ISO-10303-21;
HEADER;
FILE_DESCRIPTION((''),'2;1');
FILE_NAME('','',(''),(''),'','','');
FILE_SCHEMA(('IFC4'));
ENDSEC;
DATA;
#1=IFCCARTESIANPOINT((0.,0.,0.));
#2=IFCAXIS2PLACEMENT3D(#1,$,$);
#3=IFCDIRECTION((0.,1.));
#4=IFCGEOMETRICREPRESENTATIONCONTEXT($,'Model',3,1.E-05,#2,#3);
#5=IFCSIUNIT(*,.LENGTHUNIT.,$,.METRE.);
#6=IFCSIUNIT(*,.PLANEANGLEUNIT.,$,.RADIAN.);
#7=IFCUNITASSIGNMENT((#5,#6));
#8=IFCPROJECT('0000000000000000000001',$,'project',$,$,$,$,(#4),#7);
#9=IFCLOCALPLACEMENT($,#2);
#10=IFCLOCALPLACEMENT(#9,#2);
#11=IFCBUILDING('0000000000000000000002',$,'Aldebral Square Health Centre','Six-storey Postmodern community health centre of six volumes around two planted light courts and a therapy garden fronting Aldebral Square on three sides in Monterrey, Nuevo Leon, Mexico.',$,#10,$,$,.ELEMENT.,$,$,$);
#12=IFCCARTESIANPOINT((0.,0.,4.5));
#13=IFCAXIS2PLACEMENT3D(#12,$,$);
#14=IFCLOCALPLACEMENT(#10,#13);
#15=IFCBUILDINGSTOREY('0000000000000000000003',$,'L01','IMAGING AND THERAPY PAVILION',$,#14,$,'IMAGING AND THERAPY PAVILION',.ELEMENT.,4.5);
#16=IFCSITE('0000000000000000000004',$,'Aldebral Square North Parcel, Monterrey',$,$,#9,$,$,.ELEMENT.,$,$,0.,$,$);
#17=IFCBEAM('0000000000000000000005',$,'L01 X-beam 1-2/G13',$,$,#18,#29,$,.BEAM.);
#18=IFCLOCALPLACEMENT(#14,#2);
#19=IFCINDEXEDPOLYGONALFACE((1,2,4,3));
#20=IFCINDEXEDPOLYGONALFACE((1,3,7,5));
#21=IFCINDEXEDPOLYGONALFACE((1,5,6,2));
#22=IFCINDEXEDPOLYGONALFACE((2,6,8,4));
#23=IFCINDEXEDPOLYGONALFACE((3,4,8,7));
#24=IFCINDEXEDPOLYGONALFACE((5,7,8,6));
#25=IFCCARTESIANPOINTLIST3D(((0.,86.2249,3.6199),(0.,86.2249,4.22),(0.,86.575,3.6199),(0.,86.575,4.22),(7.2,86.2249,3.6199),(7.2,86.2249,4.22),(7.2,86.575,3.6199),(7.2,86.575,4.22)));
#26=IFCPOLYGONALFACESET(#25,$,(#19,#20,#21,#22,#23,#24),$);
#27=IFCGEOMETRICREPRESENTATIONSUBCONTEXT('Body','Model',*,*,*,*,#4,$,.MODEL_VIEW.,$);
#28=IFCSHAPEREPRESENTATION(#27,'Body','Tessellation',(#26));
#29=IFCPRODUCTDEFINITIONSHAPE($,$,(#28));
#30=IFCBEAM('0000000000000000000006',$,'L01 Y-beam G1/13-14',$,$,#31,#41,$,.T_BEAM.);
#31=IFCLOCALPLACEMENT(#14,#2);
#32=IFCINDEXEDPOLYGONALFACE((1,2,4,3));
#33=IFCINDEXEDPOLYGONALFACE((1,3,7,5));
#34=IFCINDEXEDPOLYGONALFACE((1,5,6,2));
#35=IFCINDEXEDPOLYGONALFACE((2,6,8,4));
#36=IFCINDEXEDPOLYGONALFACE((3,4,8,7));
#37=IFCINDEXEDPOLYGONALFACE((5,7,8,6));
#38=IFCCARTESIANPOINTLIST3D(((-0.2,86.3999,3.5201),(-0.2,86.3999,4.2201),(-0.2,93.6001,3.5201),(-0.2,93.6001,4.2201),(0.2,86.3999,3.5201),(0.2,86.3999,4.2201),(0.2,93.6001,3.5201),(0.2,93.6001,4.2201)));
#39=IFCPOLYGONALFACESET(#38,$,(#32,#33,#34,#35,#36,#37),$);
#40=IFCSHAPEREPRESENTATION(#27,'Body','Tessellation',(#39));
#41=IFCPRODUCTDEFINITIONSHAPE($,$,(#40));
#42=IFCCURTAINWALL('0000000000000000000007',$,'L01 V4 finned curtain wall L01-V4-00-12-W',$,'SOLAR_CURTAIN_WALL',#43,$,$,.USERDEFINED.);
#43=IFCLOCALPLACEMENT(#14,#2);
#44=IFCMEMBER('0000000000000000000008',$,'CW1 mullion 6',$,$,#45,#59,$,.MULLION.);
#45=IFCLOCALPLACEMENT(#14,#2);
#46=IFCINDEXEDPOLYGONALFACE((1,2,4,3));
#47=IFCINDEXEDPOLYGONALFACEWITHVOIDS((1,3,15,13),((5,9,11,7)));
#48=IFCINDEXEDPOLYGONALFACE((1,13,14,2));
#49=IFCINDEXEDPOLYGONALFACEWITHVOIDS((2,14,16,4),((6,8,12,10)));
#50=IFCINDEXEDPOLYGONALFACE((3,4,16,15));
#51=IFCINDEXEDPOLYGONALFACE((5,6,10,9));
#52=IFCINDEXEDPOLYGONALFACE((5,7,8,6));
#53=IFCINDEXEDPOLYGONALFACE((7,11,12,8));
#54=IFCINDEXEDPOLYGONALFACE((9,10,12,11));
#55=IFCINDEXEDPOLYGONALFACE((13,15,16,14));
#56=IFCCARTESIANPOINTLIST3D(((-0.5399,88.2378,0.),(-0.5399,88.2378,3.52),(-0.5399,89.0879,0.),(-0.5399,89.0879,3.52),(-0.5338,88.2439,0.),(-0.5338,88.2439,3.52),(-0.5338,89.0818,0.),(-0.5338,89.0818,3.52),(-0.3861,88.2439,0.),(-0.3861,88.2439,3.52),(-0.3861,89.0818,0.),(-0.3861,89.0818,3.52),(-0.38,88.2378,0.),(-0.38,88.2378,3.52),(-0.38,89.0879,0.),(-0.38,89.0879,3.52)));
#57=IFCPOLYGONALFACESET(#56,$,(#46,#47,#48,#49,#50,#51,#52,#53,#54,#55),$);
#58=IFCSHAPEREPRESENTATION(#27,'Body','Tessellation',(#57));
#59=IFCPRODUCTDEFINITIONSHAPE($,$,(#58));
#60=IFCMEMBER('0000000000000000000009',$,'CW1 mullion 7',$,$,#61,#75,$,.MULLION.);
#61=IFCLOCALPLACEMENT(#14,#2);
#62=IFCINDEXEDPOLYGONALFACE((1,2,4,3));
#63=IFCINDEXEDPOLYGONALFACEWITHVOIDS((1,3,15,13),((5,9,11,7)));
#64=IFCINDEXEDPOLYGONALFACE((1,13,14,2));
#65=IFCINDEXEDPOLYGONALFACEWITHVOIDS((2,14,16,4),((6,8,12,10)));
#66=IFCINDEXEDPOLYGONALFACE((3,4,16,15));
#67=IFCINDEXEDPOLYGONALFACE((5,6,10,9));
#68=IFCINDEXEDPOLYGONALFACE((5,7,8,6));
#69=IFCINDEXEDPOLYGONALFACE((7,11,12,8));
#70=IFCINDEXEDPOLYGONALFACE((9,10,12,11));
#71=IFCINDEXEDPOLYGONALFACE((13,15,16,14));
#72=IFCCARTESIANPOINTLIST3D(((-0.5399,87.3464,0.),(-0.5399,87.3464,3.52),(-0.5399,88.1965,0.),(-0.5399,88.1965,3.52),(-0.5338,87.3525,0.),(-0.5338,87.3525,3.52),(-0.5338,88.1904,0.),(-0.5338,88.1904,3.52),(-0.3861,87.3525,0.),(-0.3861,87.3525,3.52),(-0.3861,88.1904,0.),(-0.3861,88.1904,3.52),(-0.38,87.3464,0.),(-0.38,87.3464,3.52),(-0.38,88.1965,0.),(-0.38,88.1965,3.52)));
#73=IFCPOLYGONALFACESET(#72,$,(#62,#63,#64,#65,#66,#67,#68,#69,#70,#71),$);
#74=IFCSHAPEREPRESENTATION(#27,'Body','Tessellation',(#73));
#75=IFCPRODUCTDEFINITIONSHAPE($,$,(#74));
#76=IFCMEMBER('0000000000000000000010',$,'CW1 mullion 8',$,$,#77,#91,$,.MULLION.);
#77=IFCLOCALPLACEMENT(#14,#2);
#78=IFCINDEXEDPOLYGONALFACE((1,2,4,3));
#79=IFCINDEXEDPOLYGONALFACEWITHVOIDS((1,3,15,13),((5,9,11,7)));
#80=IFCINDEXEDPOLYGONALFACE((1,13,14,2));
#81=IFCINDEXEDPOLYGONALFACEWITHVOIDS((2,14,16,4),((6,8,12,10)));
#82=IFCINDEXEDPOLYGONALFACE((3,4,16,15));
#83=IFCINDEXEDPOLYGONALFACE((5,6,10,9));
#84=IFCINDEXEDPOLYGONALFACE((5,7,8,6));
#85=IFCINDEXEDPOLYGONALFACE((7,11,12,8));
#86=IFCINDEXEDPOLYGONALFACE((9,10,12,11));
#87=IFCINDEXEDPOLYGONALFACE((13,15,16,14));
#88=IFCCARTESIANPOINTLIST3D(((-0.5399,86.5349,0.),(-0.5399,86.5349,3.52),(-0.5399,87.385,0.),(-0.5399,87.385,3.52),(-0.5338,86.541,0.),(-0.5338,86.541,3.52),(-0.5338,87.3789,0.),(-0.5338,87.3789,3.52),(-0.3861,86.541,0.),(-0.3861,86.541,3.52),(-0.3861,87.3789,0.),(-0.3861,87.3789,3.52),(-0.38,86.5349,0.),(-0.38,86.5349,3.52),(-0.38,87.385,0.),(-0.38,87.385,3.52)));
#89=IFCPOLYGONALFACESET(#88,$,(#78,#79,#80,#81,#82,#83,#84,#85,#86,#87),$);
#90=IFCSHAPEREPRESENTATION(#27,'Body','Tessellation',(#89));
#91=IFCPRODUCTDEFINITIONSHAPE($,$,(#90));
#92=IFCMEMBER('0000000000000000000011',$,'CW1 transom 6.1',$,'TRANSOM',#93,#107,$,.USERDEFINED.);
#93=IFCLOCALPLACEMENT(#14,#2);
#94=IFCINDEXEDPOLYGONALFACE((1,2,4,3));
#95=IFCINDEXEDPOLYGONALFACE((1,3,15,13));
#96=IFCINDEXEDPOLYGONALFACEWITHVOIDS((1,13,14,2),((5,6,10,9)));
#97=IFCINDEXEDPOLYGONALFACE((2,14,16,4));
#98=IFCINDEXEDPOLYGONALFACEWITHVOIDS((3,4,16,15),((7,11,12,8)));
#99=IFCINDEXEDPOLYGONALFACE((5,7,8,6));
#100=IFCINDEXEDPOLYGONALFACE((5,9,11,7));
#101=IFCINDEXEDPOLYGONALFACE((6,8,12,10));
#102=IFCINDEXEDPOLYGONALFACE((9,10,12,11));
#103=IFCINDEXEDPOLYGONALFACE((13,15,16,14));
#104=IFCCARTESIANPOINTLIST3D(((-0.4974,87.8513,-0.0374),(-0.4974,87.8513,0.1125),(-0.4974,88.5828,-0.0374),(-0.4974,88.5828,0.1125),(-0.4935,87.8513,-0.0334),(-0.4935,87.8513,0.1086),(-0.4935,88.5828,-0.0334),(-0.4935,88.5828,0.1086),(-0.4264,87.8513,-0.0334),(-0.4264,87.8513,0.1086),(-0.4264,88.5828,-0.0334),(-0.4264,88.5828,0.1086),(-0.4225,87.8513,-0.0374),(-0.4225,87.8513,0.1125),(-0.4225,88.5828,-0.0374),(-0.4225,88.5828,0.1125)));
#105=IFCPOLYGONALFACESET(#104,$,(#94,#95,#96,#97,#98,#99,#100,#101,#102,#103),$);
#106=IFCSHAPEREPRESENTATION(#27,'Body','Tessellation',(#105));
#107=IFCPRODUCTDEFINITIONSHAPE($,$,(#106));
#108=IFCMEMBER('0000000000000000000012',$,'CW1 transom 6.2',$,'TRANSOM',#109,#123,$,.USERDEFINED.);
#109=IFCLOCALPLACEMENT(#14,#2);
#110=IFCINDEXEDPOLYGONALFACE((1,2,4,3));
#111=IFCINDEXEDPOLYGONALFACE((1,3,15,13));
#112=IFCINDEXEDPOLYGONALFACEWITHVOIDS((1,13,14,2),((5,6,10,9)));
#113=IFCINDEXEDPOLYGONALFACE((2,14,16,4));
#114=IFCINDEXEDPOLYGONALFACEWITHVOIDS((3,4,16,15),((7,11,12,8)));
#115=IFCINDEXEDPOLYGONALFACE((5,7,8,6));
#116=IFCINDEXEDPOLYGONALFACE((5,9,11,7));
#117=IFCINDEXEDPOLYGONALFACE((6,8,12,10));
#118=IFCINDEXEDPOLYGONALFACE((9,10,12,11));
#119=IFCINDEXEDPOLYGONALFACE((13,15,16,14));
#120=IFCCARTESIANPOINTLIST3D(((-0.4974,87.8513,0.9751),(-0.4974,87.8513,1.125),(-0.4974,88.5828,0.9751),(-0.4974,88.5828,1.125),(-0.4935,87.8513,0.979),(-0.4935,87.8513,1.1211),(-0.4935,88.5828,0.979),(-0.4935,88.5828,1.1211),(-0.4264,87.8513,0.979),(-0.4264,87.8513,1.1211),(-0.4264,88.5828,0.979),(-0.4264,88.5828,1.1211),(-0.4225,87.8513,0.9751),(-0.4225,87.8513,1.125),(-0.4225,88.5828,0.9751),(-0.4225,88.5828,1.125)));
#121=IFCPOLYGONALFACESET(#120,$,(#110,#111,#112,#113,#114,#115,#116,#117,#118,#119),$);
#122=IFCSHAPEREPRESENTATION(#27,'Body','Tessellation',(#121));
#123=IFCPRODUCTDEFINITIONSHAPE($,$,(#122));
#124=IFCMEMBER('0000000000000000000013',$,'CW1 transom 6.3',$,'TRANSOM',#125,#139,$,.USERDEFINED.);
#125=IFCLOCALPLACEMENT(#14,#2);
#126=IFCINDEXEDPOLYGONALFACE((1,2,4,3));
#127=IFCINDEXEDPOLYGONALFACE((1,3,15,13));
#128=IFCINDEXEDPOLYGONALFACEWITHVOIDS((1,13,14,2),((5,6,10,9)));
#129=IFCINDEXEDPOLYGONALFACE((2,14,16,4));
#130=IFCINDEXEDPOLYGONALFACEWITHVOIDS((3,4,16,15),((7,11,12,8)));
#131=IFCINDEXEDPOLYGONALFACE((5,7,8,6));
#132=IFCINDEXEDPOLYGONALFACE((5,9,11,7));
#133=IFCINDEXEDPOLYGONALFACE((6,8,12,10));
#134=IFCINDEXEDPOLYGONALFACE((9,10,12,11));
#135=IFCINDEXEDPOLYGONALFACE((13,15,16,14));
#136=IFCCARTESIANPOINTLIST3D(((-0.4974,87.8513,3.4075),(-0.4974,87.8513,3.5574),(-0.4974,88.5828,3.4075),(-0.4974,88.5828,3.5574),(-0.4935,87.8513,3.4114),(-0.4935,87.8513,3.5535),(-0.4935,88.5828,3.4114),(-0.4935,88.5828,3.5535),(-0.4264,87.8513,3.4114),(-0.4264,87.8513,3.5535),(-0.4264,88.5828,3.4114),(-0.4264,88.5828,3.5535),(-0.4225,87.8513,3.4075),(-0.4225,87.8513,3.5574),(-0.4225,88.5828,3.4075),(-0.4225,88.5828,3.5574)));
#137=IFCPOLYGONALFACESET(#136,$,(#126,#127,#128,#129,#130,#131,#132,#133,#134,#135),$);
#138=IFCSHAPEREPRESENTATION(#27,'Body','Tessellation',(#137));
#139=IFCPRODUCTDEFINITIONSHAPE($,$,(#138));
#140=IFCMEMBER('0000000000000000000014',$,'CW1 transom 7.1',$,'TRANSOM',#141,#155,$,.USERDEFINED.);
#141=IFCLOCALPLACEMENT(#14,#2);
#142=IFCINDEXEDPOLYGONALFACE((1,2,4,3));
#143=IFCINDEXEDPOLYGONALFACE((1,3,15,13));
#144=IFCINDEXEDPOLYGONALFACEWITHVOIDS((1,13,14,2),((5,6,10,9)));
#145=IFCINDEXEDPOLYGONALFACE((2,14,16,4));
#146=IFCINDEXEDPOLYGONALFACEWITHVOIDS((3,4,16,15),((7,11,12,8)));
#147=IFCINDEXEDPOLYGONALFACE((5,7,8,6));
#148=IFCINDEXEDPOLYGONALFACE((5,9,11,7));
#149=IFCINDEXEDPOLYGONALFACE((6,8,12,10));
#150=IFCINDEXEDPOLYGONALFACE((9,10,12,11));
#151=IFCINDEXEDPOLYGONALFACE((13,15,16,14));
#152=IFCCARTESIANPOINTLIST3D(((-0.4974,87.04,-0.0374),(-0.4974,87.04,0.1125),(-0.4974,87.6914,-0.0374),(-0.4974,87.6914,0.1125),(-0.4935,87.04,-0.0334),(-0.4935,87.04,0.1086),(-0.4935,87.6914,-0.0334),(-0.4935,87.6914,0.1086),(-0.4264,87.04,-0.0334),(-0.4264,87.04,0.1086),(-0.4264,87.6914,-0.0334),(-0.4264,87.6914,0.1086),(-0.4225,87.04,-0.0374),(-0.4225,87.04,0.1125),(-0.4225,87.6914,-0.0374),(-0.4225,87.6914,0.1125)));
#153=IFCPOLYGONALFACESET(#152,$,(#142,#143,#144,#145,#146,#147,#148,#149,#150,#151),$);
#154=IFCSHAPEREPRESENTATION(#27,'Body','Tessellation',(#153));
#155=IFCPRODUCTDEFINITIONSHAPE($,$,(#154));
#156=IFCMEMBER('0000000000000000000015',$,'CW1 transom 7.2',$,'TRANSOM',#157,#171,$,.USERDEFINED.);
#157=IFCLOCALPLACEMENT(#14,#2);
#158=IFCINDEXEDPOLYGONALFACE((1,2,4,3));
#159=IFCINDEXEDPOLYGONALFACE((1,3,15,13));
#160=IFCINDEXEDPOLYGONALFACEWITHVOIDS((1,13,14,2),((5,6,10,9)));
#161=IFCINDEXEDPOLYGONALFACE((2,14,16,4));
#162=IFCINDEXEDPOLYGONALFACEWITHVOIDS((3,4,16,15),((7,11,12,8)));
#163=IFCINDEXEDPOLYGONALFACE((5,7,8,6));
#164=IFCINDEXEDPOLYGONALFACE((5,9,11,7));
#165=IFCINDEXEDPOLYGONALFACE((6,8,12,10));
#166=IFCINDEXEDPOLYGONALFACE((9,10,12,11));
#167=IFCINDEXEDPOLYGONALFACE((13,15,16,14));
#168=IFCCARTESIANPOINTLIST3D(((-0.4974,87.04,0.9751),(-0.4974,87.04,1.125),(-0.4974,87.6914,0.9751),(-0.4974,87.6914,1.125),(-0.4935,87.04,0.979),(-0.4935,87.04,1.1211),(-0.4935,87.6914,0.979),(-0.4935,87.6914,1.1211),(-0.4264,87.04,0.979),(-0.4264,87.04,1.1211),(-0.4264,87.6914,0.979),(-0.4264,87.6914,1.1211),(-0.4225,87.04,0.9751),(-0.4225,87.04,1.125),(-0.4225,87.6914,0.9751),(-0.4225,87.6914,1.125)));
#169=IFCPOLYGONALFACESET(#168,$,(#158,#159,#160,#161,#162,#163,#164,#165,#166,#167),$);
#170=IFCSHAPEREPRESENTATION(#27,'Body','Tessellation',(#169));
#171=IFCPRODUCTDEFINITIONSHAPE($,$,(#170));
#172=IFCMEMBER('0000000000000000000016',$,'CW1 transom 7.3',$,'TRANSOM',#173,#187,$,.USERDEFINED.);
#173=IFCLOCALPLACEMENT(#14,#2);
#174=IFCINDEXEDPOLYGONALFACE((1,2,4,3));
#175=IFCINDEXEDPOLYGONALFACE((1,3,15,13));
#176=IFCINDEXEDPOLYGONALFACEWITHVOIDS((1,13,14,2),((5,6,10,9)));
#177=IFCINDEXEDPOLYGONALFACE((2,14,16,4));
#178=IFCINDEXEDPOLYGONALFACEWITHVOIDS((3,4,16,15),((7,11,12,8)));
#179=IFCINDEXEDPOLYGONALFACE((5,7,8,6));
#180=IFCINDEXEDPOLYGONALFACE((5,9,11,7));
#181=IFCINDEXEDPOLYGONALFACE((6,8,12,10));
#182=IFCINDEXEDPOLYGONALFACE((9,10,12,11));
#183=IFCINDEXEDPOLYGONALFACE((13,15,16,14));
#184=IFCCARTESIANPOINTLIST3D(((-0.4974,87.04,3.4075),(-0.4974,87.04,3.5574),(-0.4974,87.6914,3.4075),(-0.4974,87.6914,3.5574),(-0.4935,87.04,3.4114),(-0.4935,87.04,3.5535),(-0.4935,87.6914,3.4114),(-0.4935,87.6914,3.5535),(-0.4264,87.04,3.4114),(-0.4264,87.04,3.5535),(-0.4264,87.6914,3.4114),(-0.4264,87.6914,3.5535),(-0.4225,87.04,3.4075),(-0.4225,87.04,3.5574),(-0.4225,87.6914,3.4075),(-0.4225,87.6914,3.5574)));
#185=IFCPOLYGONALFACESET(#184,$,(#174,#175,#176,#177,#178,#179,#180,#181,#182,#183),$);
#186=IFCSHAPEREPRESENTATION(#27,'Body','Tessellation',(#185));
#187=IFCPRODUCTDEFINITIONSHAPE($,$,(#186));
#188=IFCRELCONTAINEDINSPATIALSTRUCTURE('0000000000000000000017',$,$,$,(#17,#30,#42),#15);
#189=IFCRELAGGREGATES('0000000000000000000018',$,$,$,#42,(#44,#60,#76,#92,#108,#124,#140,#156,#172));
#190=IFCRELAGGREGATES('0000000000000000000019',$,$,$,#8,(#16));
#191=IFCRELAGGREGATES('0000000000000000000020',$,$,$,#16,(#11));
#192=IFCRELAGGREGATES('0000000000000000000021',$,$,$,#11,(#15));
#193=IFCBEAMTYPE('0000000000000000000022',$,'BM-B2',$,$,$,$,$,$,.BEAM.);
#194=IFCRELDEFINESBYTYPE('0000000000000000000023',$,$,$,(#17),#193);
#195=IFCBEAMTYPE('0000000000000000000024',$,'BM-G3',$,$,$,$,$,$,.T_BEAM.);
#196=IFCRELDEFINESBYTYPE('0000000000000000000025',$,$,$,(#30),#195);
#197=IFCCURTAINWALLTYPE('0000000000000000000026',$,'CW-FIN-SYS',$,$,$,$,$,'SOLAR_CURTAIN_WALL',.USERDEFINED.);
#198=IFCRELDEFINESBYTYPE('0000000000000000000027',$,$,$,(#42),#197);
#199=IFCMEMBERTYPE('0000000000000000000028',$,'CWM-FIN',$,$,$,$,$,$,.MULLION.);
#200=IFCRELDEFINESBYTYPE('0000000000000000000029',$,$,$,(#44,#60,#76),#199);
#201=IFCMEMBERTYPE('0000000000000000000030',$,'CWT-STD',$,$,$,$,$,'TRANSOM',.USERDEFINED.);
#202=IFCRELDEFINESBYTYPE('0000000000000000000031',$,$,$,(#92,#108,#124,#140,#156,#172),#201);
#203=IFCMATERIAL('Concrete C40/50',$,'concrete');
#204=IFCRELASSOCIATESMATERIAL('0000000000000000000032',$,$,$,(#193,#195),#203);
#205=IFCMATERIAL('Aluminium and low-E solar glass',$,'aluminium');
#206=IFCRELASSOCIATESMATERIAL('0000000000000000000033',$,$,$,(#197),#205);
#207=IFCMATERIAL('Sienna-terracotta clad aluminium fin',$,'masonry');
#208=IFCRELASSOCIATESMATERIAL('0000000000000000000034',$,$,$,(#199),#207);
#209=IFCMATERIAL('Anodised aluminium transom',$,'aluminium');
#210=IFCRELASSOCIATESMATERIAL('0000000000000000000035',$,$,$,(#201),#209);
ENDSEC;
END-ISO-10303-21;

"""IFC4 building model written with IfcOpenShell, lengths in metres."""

from ifc_helpers import new_model, si_unit, direction, frame, origin, origin_2d, place, context, subcontext, project, spatial, rectangle, hollow_rectangle, extrude, material, material_profile, profile_set, type_object, element, aggregate, save


model = new_model("IFC4")

# Units and contexts
model_context = context("Model", 3, precision=1e-05, world=origin(), true_north=direction((0.0, 1.0)))
body_context = subcontext(model_context, "Body", "Model", "MODEL_VIEW")
ifc_project = project(units=[si_unit("LENGTHUNIT", "METRE"), si_unit("PLANEANGLEUNIT", "RADIAN")], contexts=[model_context])

# Site, building, storey
site_placement = place(None, origin())
site = spatial("IfcSite", under=ifc_project, at=site_placement, Name="Aldebral Square North Parcel, Monterrey", CompositionType="ELEMENT", RefElevation=0.0)
building_placement = place(site_placement, origin())
building = spatial("IfcBuilding", under=site, at=building_placement, Name="Aldebral Square Health Centre", Description="Six-storey Postmodern community health centre of six volumes around two planted light courts and a therapy garden fronting Aldebral Square on three sides in Monterrey, Nuevo Leon, Mexico.", CompositionType="ELEMENT")
storey_placement = place(building_placement, frame((0.0, 0.0, 4.5)))
storey = spatial("IfcBuildingStorey", under=building, at=storey_placement, Name="L01", Description="IMAGING AND THERAPY PAVILION", LongName="IMAGING AND THERAPY PAVILION", CompositionType="ELEMENT", Elevation=4.5)

# Beams
ifc_material_1 = material(Name="Concrete C40/50", Category="concrete")
ifc_material_profile_1 = material_profile(ifc_material_1, rectangle(XDim=0.3501, YDim=0.6001, at=origin_2d()), Name="RC 350x600")
ifc_profile_set_1 = profile_set([ifc_material_profile_1], Name="Concrete C40/50")
beam_type_1 = type_object("IfcBeamType", Name="BM-B2", PredefinedType="BEAM", material=ifc_profile_set_1)
beam_1_placement = place(storey_placement, frame((0.0, 86.3999, 3.9199), z_axis=(1.0, 0.0, 0.0), x_axis=(0.0, 1.0, 0.0)))
element("IfcBeam", 1, at=beam_1_placement, inside=storey, type_object=beam_type_1, Name="L01 X-beam 1-2/G13", PredefinedType="BEAM", context=body_context, shape_type="SweptSolid", body=[
    extrude(rectangle(XDim=0.3501, YDim=0.6001, at=origin_2d()), origin(), (0.0, 0.0, 1.0), 7.2),
])
ifc_material_profile_2 = material_profile(ifc_material_1, rectangle(XDim=0.3999, YDim=0.7, at=origin_2d()), Name="RC 400x700")
ifc_profile_set_2 = profile_set([ifc_material_profile_2], Name="Concrete C40/50")
beam_type_2 = type_object("IfcBeamType", Name="BM-G3", PredefinedType="T_BEAM", material=ifc_profile_set_2)
beam_2_placement = place(storey_placement, frame((0.0, 86.3999, 3.8701), z_axis=(0.0, 1.0, 0.0), x_axis=(-1.0, 0.0, 0.0)))
element("IfcBeam", 2, at=beam_2_placement, inside=storey, type_object=beam_type_2, Name="L01 Y-beam G1/13-14", PredefinedType="T_BEAM", context=body_context, shape_type="SweptSolid", body=[
    extrude(rectangle(XDim=0.3999, YDim=0.7, at=origin_2d()), origin(), (0.0, 0.0, 1.0), 7.2002),
])

# Curtain wall, members
ifc_material_2 = material(Name="Aluminium and low-E solar glass", Category="aluminium")
curtain_wall_type = type_object("IfcCurtainWallType", Name="CW-FIN-SYS", ElementType="SOLAR_CURTAIN_WALL", PredefinedType="USERDEFINED", material=ifc_material_2)
curtain_wall_placement = place(storey_placement, origin())
curtain_wall = element("IfcCurtainWall", 3, at=curtain_wall_placement, inside=storey, type_object=curtain_wall_type, Name="L01 V4 finned curtain wall L01-V4-00-12-W", ObjectType="SOLAR_CURTAIN_WALL", PredefinedType="USERDEFINED")
ifc_material_3 = material(Name="Sienna-terracotta clad aluminium fin", Category="masonry")
ifc_material_profile_3 = material_profile(ifc_material_3, hollow_rectangle(XDim=0.1599, YDim=0.8501, WallThickness=0.0061, at=origin_2d()), Name="FIN 160x850x6")
ifc_profile_set_3 = profile_set([ifc_material_profile_3], Name="Sienna-terracotta clad aluminium fin")
member_type_1 = type_object("IfcMemberType", Name="CWM-FIN", PredefinedType="MULLION", material=ifc_profile_set_3)
member_1_placement = place(storey_placement, frame((-0.46, 88.6628, 0.0), z_axis=(0.0, 0.0, 1.0), x_axis=(1.0, 0.0, 0.0)))
member_1 = element("IfcMember", 4, at=member_1_placement, type_object=member_type_1, Name="CW1 mullion 6", PredefinedType="MULLION", context=body_context, shape_type="SweptSolid", body=[
    extrude(hollow_rectangle(XDim=0.1599, YDim=0.8501, WallThickness=0.0061, at=origin_2d()), origin(), (0.0, 0.0, 1.0), 3.52),
])
member_2_placement = place(storey_placement, frame((-0.46, 87.7715, 0.0), z_axis=(0.0, 0.0, 1.0), x_axis=(1.0, 0.0, 0.0)))
member_2 = element("IfcMember", 5, at=member_2_placement, type_object=member_type_1, Name="CW1 mullion 7", PredefinedType="MULLION", context=body_context, shape_type="SweptSolid", body=[
    extrude(hollow_rectangle(XDim=0.1599, YDim=0.8501, WallThickness=0.0061, at=origin_2d()), origin(), (0.0, 0.0, 1.0), 3.52),
])
member_3_placement = place(storey_placement, frame((-0.46, 86.96, 0.0), z_axis=(0.0, 0.0, 1.0), x_axis=(1.0, 0.0, 0.0)))
member_3 = element("IfcMember", 6, at=member_3_placement, type_object=member_type_1, Name="CW1 mullion 8", PredefinedType="MULLION", context=body_context, shape_type="SweptSolid", body=[
    extrude(hollow_rectangle(XDim=0.1599, YDim=0.8501, WallThickness=0.0061, at=origin_2d()), origin(), (0.0, 0.0, 1.0), 3.52),
])
ifc_material_4 = material(Name="Anodised aluminium transom", Category="aluminium")
ifc_material_profile_4 = material_profile(ifc_material_4, hollow_rectangle(XDim=0.075, YDim=0.1499, WallThickness=0.0039, at=origin_2d()), Name="CWT 75x150x4")
ifc_profile_set_4 = profile_set([ifc_material_profile_4], Name="Anodised aluminium transom")
member_type_2 = type_object("IfcMemberType", Name="CWT-STD", ElementType="TRANSOM", PredefinedType="USERDEFINED", material=ifc_profile_set_4)
member_4_placement = place(storey_placement, frame((-0.46, 88.5828, 0.0376), z_axis=(0.0, -1.0, 0.0), x_axis=(1.0, 0.0, 0.0)))
member_4 = element("IfcMember", 7, at=member_4_placement, type_object=member_type_2, Name="CW1 transom 6.1", ObjectType="TRANSOM", PredefinedType="USERDEFINED", context=body_context, shape_type="SweptSolid", body=[
    extrude(hollow_rectangle(XDim=0.075, YDim=0.1499, WallThickness=0.0039, at=origin_2d()), origin(), (0.0, 0.0, 1.0), 0.7314),
])
member_5_placement = place(storey_placement, frame((-0.46, 88.5828, 1.05), z_axis=(0.0, -1.0, 0.0), x_axis=(1.0, 0.0, 0.0)))
member_5 = element("IfcMember", 8, at=member_5_placement, type_object=member_type_2, Name="CW1 transom 6.2", ObjectType="TRANSOM", PredefinedType="USERDEFINED", context=body_context, shape_type="SweptSolid", body=[
    extrude(hollow_rectangle(XDim=0.075, YDim=0.1499, WallThickness=0.0039, at=origin_2d()), origin(), (0.0, 0.0, 1.0), 0.7314),
])
member_6_placement = place(storey_placement, frame((-0.46, 88.5828, 3.4824), z_axis=(0.0, -1.0, 0.0), x_axis=(1.0, 0.0, 0.0)))
member_6 = element("IfcMember", 9, at=member_6_placement, type_object=member_type_2, Name="CW1 transom 6.3", ObjectType="TRANSOM", PredefinedType="USERDEFINED", context=body_context, shape_type="SweptSolid", body=[
    extrude(hollow_rectangle(XDim=0.075, YDim=0.1499, WallThickness=0.0039, at=origin_2d()), origin(), (0.0, 0.0, 1.0), 0.7314),
])
member_7_placement = place(storey_placement, frame((-0.46, 87.6914, 0.0376), z_axis=(0.0, -1.0, 0.0), x_axis=(1.0, 0.0, 0.0)))
member_7 = element("IfcMember", 10, at=member_7_placement, type_object=member_type_2, Name="CW1 transom 7.1", ObjectType="TRANSOM", PredefinedType="USERDEFINED", context=body_context, shape_type="SweptSolid", body=[
    extrude(hollow_rectangle(XDim=0.075, YDim=0.1499, WallThickness=0.0039, at=origin_2d()), origin(), (0.0, 0.0, 1.0), 0.6514),
])
member_8_placement = place(storey_placement, frame((-0.46, 87.6914, 1.05), z_axis=(0.0, -1.0, 0.0), x_axis=(1.0, 0.0, 0.0)))
member_8 = element("IfcMember", 11, at=member_8_placement, type_object=member_type_2, Name="CW1 transom 7.2", ObjectType="TRANSOM", PredefinedType="USERDEFINED", context=body_context, shape_type="SweptSolid", body=[
    extrude(hollow_rectangle(XDim=0.075, YDim=0.1499, WallThickness=0.0039, at=origin_2d()), origin(), (0.0, 0.0, 1.0), 0.6514),
])
member_9_placement = place(storey_placement, frame((-0.46, 87.6914, 3.4824), z_axis=(0.0, -1.0, 0.0), x_axis=(1.0, 0.0, 0.0)))
member_9 = element("IfcMember", 12, at=member_9_placement, type_object=member_type_2, Name="CW1 transom 7.3", ObjectType="TRANSOM", PredefinedType="USERDEFINED", context=body_context, shape_type="SweptSolid", body=[
    extrude(hollow_rectangle(XDim=0.075, YDim=0.1499, WallThickness=0.0039, at=origin_2d()), origin(), (0.0, 0.0, 1.0), 0.6514),
])
aggregate(curtain_wall, [member_1, member_2, member_3, member_4, member_5, member_6, member_7, member_8, member_9])

save(model, "model.ifc")
